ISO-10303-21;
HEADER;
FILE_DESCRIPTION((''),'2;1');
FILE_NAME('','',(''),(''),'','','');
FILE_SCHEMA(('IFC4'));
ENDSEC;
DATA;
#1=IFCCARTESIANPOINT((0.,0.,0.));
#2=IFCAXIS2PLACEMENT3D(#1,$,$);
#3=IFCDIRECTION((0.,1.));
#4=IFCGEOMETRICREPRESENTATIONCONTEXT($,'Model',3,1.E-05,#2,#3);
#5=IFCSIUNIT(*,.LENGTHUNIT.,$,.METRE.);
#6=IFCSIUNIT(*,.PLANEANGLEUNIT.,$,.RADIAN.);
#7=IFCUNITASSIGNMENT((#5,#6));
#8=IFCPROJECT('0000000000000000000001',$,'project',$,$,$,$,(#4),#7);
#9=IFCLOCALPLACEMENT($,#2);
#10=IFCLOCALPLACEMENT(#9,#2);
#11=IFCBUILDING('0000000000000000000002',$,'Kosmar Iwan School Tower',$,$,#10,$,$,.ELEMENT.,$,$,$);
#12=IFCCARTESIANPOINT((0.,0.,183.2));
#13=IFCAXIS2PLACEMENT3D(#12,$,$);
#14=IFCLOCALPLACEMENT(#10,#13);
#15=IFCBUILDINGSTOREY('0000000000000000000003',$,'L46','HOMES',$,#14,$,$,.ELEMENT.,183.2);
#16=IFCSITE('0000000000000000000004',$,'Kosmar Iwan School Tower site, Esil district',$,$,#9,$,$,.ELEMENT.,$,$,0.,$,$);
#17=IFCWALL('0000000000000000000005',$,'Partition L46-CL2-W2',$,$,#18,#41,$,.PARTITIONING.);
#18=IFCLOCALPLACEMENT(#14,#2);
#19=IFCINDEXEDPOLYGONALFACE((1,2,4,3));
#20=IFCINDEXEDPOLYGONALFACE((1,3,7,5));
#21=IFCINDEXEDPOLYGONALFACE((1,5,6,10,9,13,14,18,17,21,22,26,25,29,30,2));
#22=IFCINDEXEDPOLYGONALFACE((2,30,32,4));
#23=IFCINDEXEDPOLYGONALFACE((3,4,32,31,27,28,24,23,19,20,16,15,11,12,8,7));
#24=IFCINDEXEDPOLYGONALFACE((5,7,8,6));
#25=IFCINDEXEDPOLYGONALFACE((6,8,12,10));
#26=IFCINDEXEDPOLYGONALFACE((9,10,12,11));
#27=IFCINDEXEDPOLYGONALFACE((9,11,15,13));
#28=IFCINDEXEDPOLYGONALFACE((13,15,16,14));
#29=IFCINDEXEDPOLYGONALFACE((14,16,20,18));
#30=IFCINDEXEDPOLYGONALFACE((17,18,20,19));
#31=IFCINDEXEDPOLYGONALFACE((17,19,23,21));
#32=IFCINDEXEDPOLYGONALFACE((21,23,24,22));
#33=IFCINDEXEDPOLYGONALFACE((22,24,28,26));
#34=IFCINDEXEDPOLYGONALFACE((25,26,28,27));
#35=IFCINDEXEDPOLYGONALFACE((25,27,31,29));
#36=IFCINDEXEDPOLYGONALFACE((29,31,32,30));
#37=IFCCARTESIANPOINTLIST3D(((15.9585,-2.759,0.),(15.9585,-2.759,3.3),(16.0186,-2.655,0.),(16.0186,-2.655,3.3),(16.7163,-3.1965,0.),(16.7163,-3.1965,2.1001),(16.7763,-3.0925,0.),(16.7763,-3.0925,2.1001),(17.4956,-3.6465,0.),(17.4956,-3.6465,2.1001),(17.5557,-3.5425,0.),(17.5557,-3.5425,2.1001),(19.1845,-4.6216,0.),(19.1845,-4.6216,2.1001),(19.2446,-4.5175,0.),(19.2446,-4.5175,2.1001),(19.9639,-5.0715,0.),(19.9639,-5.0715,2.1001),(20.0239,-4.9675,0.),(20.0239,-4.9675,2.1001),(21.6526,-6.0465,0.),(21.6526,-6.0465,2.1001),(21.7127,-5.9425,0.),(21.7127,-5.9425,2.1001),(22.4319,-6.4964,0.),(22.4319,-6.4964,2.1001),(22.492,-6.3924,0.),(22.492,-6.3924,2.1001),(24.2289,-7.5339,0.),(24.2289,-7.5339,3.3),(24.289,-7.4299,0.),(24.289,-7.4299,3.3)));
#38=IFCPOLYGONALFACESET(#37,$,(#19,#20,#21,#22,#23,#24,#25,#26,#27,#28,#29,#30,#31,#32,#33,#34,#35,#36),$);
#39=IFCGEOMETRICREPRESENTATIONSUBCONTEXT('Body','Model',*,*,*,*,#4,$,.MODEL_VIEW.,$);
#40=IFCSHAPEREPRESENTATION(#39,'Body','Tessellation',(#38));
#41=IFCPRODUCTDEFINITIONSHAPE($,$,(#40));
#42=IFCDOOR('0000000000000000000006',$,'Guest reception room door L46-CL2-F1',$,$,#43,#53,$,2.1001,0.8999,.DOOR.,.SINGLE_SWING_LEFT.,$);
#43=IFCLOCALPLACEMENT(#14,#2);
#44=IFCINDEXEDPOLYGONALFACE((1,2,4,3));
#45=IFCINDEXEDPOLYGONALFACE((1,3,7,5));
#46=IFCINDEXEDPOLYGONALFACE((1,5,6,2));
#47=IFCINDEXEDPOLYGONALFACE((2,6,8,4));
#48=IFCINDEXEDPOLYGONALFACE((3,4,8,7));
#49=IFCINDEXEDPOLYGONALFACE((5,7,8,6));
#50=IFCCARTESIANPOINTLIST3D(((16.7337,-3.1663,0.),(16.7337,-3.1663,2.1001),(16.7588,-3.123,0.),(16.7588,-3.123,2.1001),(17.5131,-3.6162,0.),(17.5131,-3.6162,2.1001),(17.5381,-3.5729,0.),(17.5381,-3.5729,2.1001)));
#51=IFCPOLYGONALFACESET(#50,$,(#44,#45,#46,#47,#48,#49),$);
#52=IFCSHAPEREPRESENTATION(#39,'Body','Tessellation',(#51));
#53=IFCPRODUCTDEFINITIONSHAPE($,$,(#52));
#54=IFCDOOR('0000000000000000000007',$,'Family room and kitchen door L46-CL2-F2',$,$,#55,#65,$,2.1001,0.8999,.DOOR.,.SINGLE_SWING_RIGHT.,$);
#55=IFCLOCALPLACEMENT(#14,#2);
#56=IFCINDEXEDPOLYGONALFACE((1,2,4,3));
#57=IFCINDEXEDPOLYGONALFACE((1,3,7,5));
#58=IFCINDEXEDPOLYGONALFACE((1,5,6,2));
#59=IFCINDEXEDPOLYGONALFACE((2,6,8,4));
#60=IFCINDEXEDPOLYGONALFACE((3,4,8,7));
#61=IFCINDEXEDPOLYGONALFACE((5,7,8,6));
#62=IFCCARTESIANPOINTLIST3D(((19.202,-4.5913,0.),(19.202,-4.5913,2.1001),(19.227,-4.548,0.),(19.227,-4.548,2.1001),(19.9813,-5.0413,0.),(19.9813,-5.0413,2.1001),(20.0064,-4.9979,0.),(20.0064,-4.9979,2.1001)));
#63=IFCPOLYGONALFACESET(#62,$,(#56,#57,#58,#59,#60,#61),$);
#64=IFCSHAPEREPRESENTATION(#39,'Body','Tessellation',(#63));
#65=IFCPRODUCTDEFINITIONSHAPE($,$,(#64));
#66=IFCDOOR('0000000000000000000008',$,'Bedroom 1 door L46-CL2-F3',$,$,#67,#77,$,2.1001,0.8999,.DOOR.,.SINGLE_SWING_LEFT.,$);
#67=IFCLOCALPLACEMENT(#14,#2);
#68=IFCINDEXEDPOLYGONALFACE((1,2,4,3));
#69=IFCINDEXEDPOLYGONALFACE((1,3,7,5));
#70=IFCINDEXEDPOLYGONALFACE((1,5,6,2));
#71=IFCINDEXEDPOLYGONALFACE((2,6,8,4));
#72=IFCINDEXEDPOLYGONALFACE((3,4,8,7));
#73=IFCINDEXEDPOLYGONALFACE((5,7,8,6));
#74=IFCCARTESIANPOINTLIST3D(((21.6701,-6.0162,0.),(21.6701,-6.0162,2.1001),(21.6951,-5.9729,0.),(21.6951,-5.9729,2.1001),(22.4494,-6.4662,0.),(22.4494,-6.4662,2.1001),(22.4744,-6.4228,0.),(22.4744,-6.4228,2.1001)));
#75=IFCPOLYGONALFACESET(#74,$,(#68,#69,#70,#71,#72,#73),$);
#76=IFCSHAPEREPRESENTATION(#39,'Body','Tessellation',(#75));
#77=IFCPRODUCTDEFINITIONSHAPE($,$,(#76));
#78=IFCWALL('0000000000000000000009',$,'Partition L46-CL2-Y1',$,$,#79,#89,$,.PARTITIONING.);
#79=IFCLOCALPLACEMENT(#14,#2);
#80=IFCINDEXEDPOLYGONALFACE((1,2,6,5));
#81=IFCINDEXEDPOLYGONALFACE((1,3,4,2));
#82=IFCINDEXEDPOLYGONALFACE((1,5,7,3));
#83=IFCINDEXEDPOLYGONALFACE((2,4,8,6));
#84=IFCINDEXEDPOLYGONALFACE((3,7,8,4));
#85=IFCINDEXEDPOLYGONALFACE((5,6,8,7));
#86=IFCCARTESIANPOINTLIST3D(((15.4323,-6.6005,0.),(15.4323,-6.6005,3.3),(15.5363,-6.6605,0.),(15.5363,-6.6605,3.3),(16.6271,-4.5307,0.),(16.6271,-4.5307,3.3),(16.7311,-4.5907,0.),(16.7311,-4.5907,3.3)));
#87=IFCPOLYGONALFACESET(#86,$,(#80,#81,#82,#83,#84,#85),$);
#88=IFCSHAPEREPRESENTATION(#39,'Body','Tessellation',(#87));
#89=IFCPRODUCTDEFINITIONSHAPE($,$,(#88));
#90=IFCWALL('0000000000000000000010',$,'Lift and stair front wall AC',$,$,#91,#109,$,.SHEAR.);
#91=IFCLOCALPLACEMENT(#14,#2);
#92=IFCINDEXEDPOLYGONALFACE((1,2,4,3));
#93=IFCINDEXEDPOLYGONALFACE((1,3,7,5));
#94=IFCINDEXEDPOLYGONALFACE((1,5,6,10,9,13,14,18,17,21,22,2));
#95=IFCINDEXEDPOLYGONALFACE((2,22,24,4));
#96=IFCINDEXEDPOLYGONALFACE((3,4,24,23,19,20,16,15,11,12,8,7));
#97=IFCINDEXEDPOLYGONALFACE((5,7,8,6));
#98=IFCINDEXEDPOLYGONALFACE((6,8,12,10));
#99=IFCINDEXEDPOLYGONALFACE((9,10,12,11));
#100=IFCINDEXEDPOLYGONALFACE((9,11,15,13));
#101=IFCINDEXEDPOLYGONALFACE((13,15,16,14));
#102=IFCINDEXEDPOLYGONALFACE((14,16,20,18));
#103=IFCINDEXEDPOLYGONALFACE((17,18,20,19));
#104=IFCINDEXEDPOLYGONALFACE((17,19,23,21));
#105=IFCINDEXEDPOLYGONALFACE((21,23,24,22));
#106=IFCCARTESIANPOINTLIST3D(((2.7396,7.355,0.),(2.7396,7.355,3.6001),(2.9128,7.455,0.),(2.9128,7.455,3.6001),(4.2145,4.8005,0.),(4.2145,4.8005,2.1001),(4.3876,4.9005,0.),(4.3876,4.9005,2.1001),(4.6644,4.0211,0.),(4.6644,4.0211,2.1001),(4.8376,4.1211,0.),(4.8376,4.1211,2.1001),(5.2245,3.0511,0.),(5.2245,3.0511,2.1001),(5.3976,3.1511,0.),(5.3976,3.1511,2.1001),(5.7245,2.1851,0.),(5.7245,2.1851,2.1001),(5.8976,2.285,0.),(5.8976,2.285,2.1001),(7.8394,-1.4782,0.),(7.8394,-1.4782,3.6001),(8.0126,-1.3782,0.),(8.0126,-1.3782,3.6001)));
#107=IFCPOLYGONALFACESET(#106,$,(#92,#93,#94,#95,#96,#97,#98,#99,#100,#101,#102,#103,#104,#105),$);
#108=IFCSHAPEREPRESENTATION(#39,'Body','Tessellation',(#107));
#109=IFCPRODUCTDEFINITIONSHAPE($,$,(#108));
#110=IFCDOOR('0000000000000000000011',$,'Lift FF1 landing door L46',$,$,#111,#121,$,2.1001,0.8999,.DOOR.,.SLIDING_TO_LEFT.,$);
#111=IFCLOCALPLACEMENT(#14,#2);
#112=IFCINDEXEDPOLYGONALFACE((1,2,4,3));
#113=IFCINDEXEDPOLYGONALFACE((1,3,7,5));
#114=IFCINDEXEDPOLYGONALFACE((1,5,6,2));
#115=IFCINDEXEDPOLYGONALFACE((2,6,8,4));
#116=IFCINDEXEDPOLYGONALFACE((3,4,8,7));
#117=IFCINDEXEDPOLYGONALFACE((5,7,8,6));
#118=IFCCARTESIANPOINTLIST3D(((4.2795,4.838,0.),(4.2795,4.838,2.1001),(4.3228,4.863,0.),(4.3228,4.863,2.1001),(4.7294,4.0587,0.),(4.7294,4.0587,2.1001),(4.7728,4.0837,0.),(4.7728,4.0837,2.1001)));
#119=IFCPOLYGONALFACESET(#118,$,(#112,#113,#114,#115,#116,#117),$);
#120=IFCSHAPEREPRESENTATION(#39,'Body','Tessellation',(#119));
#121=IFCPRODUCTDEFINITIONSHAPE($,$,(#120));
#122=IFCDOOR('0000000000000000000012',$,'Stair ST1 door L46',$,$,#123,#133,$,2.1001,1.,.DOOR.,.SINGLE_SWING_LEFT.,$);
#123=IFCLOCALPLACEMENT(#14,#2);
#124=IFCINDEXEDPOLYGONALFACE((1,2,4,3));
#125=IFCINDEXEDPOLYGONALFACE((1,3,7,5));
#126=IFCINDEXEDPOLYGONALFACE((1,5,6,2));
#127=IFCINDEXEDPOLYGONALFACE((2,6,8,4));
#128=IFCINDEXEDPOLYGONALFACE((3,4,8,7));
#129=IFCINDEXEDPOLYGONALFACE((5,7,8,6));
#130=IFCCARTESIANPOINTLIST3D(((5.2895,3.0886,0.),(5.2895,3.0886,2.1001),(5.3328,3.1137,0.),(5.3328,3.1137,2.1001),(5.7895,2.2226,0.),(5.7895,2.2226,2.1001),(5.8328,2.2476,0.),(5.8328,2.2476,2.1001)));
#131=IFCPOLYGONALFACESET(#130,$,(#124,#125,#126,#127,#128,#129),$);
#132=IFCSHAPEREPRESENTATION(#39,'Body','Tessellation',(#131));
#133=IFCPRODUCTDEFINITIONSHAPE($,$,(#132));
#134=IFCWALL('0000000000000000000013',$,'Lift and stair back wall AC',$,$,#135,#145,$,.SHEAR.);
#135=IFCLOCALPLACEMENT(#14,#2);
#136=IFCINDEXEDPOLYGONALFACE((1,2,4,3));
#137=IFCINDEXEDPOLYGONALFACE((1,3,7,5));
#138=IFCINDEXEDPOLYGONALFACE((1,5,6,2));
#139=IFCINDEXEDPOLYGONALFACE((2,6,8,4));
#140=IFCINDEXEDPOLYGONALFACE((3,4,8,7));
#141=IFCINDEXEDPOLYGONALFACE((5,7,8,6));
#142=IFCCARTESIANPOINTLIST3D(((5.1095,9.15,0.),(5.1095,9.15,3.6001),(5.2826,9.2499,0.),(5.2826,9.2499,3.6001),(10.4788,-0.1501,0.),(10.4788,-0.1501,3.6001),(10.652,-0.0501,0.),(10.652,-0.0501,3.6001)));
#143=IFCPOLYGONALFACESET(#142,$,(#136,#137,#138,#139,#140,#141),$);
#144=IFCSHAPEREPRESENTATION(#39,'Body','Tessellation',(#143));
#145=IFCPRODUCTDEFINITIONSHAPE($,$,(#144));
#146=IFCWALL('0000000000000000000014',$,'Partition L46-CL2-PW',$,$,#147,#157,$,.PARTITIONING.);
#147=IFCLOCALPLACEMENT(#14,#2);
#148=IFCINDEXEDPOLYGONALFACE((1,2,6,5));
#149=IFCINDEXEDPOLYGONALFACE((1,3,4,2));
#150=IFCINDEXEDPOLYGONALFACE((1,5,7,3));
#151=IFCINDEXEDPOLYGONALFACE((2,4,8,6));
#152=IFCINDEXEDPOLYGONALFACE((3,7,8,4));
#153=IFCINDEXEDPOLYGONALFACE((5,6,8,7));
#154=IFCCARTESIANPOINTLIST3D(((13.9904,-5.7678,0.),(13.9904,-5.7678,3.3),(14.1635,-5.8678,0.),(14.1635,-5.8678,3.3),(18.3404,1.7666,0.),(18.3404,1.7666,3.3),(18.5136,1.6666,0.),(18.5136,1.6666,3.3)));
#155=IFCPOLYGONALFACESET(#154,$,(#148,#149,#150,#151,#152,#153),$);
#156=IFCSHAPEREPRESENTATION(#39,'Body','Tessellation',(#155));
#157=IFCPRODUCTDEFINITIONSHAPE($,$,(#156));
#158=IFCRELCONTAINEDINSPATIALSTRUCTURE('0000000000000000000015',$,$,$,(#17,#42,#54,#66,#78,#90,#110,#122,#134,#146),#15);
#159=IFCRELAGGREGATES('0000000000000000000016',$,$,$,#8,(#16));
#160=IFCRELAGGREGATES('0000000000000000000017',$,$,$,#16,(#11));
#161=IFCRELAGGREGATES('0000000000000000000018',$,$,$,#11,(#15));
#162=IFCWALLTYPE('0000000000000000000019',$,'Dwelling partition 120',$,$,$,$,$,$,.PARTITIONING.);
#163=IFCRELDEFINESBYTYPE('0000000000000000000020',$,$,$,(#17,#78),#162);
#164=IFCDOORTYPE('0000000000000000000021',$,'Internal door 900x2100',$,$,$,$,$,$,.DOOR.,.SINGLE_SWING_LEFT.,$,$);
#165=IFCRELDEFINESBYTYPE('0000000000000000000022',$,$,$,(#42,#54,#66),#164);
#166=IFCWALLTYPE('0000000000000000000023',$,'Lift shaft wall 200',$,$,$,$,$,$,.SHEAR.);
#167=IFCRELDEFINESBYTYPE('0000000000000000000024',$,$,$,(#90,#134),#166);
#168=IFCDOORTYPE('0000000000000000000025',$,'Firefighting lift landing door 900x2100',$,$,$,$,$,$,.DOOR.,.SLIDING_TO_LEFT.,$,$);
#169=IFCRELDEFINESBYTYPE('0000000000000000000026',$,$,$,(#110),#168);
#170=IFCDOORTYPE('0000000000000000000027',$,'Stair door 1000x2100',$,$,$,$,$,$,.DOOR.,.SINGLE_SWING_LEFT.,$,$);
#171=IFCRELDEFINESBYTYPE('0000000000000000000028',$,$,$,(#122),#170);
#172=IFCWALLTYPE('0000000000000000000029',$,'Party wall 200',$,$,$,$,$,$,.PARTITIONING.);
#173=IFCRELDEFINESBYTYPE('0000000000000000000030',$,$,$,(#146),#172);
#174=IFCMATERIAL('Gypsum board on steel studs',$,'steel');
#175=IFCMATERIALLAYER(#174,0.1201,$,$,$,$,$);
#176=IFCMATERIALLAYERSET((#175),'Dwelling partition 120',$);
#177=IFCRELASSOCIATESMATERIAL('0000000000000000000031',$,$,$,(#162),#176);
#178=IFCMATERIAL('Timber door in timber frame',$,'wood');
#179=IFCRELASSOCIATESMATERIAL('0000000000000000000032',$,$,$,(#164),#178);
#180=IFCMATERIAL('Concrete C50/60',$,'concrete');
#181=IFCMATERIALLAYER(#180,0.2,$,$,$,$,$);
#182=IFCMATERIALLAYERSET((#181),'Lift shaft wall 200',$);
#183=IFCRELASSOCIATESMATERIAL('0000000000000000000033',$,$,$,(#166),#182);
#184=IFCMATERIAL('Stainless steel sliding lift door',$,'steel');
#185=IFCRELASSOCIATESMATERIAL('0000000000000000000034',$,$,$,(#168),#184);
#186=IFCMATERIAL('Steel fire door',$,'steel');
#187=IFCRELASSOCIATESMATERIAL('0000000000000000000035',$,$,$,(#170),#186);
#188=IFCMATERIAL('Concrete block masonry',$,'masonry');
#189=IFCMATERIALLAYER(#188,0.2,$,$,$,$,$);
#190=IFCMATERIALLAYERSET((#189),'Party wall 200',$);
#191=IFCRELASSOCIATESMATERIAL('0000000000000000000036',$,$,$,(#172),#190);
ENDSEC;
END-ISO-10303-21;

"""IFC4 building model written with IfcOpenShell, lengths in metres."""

from ifc_helpers import new_model, si_unit, direction, frame, frame_2d, origin, place, context, subcontext, project, spatial, rectangle, extrude, material, layer, layer_set, type_object, element, fill, save


model = new_model("IFC4")

# Units and contexts
model_context = context("Model", 3, precision=1e-05, world=origin(), true_north=direction((0.0, 1.0)))
body_context = subcontext(model_context, "Body", "Model", "MODEL_VIEW")
ifc_project = project(units=[si_unit("LENGTHUNIT", "METRE"), si_unit("PLANEANGLEUNIT", "RADIAN")], contexts=[model_context])

# Site, building, storey
site_placement = place(None, origin())
site = spatial("IfcSite", under=ifc_project, at=site_placement, Name="Kosmar Iwan School Tower site, Esil district", CompositionType="ELEMENT", RefElevation=0.0)
building_placement = place(site_placement, origin())
building = spatial("IfcBuilding", under=site, at=building_placement, Name="Kosmar Iwan School Tower", CompositionType="ELEMENT")
storey_placement = place(building_placement, frame((0.0, 0.0, 183.2)))
storey = spatial("IfcBuildingStorey", under=building, at=storey_placement, Name="L46", Description="HOMES", CompositionType="ELEMENT", Elevation=183.2)

# Shared definitions
ifc_material_1 = material(Name="Gypsum board on steel studs", Category="steel")
ifc_layer_1 = layer(ifc_material_1, 0.1201)
ifc_layer_set_1 = layer_set([ifc_layer_1], Name="Dwelling partition 120")
wall_type_1 = type_object("IfcWallType", Name="Dwelling partition 120", PredefinedType="PARTITIONING", material=ifc_layer_set_1)
ifc_material_2 = material(Name="Timber door in timber frame", Category="wood")
door_type_1 = type_object("IfcDoorType", Name="Internal door 900x2100", OperationType="SINGLE_SWING_LEFT", PredefinedType="DOOR", material=ifc_material_2)

# Wall, openings, doors
wall_1_placement = place(storey_placement, frame((15.9885, -2.707, 0.0), z_axis=(0.0, 0.0, 1.0), x_axis=(0.866029, -0.499994, 0.0)))
wall_1 = element("IfcWall", 1, at=wall_1_placement, inside=storey, type_object=wall_type_1, Name="Partition L46-CL2-W2", PredefinedType="PARTITIONING", context=body_context, shape_type="SweptSolid", body=[
    extrude(rectangle(XDim=9.5498, YDim=0.1201, at=frame_2d((4.7749, 0.0))), origin(), (0.0, 0.0, 1.0), 3.3),
])
opening_1_placement = place(wall_1_placement, frame((0.875, 0.0, 0.0)))
opening_1 = element("IfcOpeningElement", 2, at=opening_1_placement, cuts=wall_1, PredefinedType="OPENING", context=body_context, shape_type="SweptSolid", body=[
    extrude(rectangle(XDim=0.8999, YDim=2.1001, at=frame_2d((0.45, 1.05))), frame((0.0, 0.072, 0.0), z_axis=(0.0, -1.0, 0.0), x_axis=(1.0, 0.0, 0.0)), (0.0, 0.0, 1.0), 0.144),
])
opening_2_placement = place(wall_1_placement, frame((3.7251, 0.0, 0.0)))
opening_2 = element("IfcOpeningElement", 3, at=opening_2_placement, cuts=wall_1, PredefinedType="OPENING", context=body_context, shape_type="SweptSolid", body=[
    extrude(rectangle(XDim=0.8999, YDim=2.1001, at=frame_2d((0.45, 1.05))), frame((0.0, 0.072, 0.0), z_axis=(0.0, -1.0, 0.0), x_axis=(1.0, 0.0, 0.0)), (0.0, 0.0, 1.0), 0.144),
])
opening_3_placement = place(wall_1_placement, frame((6.575, 0.0, 0.0)))
opening_3 = element("IfcOpeningElement", 4, at=opening_3_placement, cuts=wall_1, PredefinedType="OPENING", context=body_context, shape_type="SweptSolid", body=[
    extrude(rectangle(XDim=0.8999, YDim=2.1001, at=frame_2d((0.45, 1.05))), frame((0.0, 0.072, 0.0), z_axis=(0.0, -1.0, 0.0), x_axis=(1.0, 0.0, 0.0)), (0.0, 0.0, 1.0), 0.144),
])
door_1_placement = place(opening_1_placement, origin())
door_1 = element("IfcDoor", 5, at=door_1_placement, inside=storey, type_object=door_type_1, Name="Guest reception room door L46-CL2-F1", OperationType="SINGLE_SWING_LEFT", OverallHeight=2.1001, OverallWidth=0.8999, PredefinedType="DOOR", context=body_context, shape_type="SweptSolid", body=[
    extrude(rectangle(XDim=0.8999, YDim=2.1001, at=frame_2d((0.45, 1.05))), frame((0.0, 0.0249, 0.0), z_axis=(0.0, -1.0, 0.0), x_axis=(1.0, 0.0, 0.0)), (0.0, 0.0, 1.0), 0.05),
])
fill(opening_1, door_1)
door_2_placement = place(opening_2_placement, origin())
door_2 = element("IfcDoor", 6, at=door_2_placement, inside=storey, type_object=door_type_1, Name="Family room and kitchen door L46-CL2-F2", OperationType="SINGLE_SWING_RIGHT", OverallHeight=2.1001, OverallWidth=0.8999, PredefinedType="DOOR", context=body_context, shape_type="SweptSolid", body=[
    extrude(rectangle(XDim=0.8999, YDim=2.1001, at=frame_2d((0.45, 1.05))), frame((0.0, 0.0249, 0.0), z_axis=(0.0, -1.0, 0.0), x_axis=(1.0, 0.0, 0.0)), (0.0, 0.0, 1.0), 0.05),
])
fill(opening_2, door_2)
door_3_placement = place(opening_3_placement, origin())
door_3 = element("IfcDoor", 7, at=door_3_placement, inside=storey, type_object=door_type_1, Name="Bedroom 1 door L46-CL2-F3", OperationType="SINGLE_SWING_LEFT", OverallHeight=2.1001, OverallWidth=0.8999, PredefinedType="DOOR", context=body_context, shape_type="SweptSolid", body=[
    extrude(rectangle(XDim=0.8999, YDim=2.1001, at=frame_2d((0.45, 1.05))), frame((0.0, 0.0249, 0.0), z_axis=(0.0, -1.0, 0.0), x_axis=(1.0, 0.0, 0.0)), (0.0, 0.0, 1.0), 0.05),
])
fill(opening_3, door_3)

# Wall
wall_2_placement = place(storey_placement, frame((15.4844, -6.6304, 0.0), z_axis=(0.0, 0.0, 1.0), x_axis=(0.499941, 0.86606, 0.0)))
element("IfcWall", 8, at=wall_2_placement, inside=storey, type_object=wall_type_1, Name="Partition L46-CL2-Y1", PredefinedType="PARTITIONING", context=body_context, shape_type="SweptSolid", body=[
    extrude(rectangle(XDim=2.3899, YDim=0.1201, at=frame_2d((1.1948, 0.0))), origin(), (0.0, 0.0, 1.0), 3.3),
])

# Wall, openings, doors
ifc_material_3 = material(Name="Concrete C50/60", Category="concrete")
ifc_layer_2 = layer(ifc_material_3, 0.2)
ifc_layer_set_2 = layer_set([ifc_layer_2], Name="Lift shaft wall 200")
wall_type_2 = type_object("IfcWallType", Name="Lift shaft wall 200", PredefinedType="SHEAR", material=ifc_layer_set_2)
wall_3_placement = place(storey_placement, frame((7.926, -1.4282, 0.0), z_axis=(0.0, 0.0, 1.0), x_axis=(-0.499998, 0.866027, 0.0)))
wall_3 = element("IfcWall", 9, at=wall_3_placement, inside=storey, type_object=wall_type_2, Name="Lift and stair front wall AC", PredefinedType="SHEAR", context=body_context, shape_type="SweptSolid", body=[
    extrude(rectangle(XDim=10.1997, YDim=0.2, at=frame_2d((5.0999, 0.0))), origin(), (0.0, 0.0, 1.0), 3.6001),
])
opening_4_placement = place(wall_3_placement, frame((6.3501, 0.0, 0.0)))
opening_4 = element("IfcOpeningElement", 10, at=opening_4_placement, cuts=wall_3, PredefinedType="OPENING", context=body_context, shape_type="SweptSolid", body=[
    extrude(rectangle(XDim=0.8999, YDim=2.1001, at=frame_2d((0.45, 1.05))), frame((0.0, 0.1121, 0.0), z_axis=(0.0, -1.0, 0.0), x_axis=(1.0, 0.0, 0.0)), (0.0, 0.0, 1.0), 0.2239),
])
opening_5_placement = place(wall_3_placement, frame((4.23, 0.0, 0.0)))
opening_5 = element("IfcOpeningElement", 11, at=opening_5_placement, cuts=wall_3, PredefinedType="OPENING", context=body_context, shape_type="SweptSolid", body=[
    extrude(rectangle(XDim=1.0, YDim=2.1001, at=frame_2d((0.5, 1.05))), frame((0.0, 0.1121, 0.0), z_axis=(0.0, -1.0, 0.0), x_axis=(1.0, 0.0, 0.0)), (0.0, 0.0, 1.0), 0.2239),
])
ifc_material_4 = material(Name="Stainless steel sliding lift door", Category="steel")
door_type_2 = type_object("IfcDoorType", Name="Firefighting lift landing door 900x2100", OperationType="SLIDING_TO_LEFT", PredefinedType="DOOR", material=ifc_material_4)
door_4_placement = place(opening_4_placement, origin())
door_4 = element("IfcDoor", 12, at=door_4_placement, inside=storey, type_object=door_type_2, Name="Lift FF1 landing door L46", OperationType="SLIDING_TO_LEFT", OverallHeight=2.1001, OverallWidth=0.8999, PredefinedType="DOOR", context=body_context, shape_type="SweptSolid", body=[
    extrude(rectangle(XDim=0.8999, YDim=2.1001, at=frame_2d((0.45, 1.05))), frame((0.0, 0.0249, 0.0), z_axis=(0.0, -1.0, 0.0), x_axis=(1.0, 0.0, 0.0)), (0.0, 0.0, 1.0), 0.05),
])
fill(opening_4, door_4)
ifc_material_5 = material(Name="Steel fire door", Category="steel")
door_type_3 = type_object("IfcDoorType", Name="Stair door 1000x2100", OperationType="SINGLE_SWING_LEFT", PredefinedType="DOOR", material=ifc_material_5)
door_5_placement = place(opening_5_placement, origin())
door_5 = element("IfcDoor", 13, at=door_5_placement, inside=storey, type_object=door_type_3, Name="Stair ST1 door L46", OperationType="SINGLE_SWING_LEFT", OverallHeight=2.1001, OverallWidth=1.0, PredefinedType="DOOR", context=body_context, shape_type="SweptSolid", body=[
    extrude(rectangle(XDim=1.0, YDim=2.1001, at=frame_2d((0.5, 1.05))), frame((0.0, 0.0249, 0.0), z_axis=(0.0, -1.0, 0.0), x_axis=(1.0, 0.0, 0.0)), (0.0, 0.0, 1.0), 0.05),
])
fill(opening_5, door_5)

# Walls
wall_4_placement = place(storey_placement, frame((10.5654, -0.1001, 0.0), z_axis=(0.0, 0.0, 1.0), x_axis=(-0.5, 0.866025, 0.0)))
element("IfcWall", 14, at=wall_4_placement, inside=storey, type_object=wall_type_2, Name="Lift and stair back wall AC", PredefinedType="SHEAR", context=body_context, shape_type="SweptSolid", body=[
    extrude(rectangle(XDim=10.7388, YDim=0.2, at=frame_2d((5.3694, 0.0))), origin(), (0.0, 0.0, 1.0), 3.6001),
])
ifc_material_6 = material(Name="Concrete block masonry", Category="masonry")
ifc_layer_3 = layer(ifc_material_6, 0.2)
ifc_layer_set_3 = layer_set([ifc_layer_3], Name="Party wall 200")
wall_type_3 = type_object("IfcWallType", Name="Party wall 200", PredefinedType="PARTITIONING", material=ifc_layer_set_3)
wall_5_placement = place(storey_placement, frame((14.0769, -5.8179, 0.0), z_axis=(0.0, 0.0, 1.0), x_axis=(0.500008, 0.866021, 0.0)))
element("IfcWall", 15, at=wall_5_placement, inside=storey, type_object=wall_type_3, Name="Partition L46-CL2-PW", PredefinedType="PARTITIONING", context=body_context, shape_type="SweptSolid", body=[
    extrude(rectangle(XDim=8.7, YDim=0.2, at=frame_2d((4.3501, 0.0))), origin(), (0.0, 0.0, 1.0), 3.3),
])

save(model, "model.ifc")
